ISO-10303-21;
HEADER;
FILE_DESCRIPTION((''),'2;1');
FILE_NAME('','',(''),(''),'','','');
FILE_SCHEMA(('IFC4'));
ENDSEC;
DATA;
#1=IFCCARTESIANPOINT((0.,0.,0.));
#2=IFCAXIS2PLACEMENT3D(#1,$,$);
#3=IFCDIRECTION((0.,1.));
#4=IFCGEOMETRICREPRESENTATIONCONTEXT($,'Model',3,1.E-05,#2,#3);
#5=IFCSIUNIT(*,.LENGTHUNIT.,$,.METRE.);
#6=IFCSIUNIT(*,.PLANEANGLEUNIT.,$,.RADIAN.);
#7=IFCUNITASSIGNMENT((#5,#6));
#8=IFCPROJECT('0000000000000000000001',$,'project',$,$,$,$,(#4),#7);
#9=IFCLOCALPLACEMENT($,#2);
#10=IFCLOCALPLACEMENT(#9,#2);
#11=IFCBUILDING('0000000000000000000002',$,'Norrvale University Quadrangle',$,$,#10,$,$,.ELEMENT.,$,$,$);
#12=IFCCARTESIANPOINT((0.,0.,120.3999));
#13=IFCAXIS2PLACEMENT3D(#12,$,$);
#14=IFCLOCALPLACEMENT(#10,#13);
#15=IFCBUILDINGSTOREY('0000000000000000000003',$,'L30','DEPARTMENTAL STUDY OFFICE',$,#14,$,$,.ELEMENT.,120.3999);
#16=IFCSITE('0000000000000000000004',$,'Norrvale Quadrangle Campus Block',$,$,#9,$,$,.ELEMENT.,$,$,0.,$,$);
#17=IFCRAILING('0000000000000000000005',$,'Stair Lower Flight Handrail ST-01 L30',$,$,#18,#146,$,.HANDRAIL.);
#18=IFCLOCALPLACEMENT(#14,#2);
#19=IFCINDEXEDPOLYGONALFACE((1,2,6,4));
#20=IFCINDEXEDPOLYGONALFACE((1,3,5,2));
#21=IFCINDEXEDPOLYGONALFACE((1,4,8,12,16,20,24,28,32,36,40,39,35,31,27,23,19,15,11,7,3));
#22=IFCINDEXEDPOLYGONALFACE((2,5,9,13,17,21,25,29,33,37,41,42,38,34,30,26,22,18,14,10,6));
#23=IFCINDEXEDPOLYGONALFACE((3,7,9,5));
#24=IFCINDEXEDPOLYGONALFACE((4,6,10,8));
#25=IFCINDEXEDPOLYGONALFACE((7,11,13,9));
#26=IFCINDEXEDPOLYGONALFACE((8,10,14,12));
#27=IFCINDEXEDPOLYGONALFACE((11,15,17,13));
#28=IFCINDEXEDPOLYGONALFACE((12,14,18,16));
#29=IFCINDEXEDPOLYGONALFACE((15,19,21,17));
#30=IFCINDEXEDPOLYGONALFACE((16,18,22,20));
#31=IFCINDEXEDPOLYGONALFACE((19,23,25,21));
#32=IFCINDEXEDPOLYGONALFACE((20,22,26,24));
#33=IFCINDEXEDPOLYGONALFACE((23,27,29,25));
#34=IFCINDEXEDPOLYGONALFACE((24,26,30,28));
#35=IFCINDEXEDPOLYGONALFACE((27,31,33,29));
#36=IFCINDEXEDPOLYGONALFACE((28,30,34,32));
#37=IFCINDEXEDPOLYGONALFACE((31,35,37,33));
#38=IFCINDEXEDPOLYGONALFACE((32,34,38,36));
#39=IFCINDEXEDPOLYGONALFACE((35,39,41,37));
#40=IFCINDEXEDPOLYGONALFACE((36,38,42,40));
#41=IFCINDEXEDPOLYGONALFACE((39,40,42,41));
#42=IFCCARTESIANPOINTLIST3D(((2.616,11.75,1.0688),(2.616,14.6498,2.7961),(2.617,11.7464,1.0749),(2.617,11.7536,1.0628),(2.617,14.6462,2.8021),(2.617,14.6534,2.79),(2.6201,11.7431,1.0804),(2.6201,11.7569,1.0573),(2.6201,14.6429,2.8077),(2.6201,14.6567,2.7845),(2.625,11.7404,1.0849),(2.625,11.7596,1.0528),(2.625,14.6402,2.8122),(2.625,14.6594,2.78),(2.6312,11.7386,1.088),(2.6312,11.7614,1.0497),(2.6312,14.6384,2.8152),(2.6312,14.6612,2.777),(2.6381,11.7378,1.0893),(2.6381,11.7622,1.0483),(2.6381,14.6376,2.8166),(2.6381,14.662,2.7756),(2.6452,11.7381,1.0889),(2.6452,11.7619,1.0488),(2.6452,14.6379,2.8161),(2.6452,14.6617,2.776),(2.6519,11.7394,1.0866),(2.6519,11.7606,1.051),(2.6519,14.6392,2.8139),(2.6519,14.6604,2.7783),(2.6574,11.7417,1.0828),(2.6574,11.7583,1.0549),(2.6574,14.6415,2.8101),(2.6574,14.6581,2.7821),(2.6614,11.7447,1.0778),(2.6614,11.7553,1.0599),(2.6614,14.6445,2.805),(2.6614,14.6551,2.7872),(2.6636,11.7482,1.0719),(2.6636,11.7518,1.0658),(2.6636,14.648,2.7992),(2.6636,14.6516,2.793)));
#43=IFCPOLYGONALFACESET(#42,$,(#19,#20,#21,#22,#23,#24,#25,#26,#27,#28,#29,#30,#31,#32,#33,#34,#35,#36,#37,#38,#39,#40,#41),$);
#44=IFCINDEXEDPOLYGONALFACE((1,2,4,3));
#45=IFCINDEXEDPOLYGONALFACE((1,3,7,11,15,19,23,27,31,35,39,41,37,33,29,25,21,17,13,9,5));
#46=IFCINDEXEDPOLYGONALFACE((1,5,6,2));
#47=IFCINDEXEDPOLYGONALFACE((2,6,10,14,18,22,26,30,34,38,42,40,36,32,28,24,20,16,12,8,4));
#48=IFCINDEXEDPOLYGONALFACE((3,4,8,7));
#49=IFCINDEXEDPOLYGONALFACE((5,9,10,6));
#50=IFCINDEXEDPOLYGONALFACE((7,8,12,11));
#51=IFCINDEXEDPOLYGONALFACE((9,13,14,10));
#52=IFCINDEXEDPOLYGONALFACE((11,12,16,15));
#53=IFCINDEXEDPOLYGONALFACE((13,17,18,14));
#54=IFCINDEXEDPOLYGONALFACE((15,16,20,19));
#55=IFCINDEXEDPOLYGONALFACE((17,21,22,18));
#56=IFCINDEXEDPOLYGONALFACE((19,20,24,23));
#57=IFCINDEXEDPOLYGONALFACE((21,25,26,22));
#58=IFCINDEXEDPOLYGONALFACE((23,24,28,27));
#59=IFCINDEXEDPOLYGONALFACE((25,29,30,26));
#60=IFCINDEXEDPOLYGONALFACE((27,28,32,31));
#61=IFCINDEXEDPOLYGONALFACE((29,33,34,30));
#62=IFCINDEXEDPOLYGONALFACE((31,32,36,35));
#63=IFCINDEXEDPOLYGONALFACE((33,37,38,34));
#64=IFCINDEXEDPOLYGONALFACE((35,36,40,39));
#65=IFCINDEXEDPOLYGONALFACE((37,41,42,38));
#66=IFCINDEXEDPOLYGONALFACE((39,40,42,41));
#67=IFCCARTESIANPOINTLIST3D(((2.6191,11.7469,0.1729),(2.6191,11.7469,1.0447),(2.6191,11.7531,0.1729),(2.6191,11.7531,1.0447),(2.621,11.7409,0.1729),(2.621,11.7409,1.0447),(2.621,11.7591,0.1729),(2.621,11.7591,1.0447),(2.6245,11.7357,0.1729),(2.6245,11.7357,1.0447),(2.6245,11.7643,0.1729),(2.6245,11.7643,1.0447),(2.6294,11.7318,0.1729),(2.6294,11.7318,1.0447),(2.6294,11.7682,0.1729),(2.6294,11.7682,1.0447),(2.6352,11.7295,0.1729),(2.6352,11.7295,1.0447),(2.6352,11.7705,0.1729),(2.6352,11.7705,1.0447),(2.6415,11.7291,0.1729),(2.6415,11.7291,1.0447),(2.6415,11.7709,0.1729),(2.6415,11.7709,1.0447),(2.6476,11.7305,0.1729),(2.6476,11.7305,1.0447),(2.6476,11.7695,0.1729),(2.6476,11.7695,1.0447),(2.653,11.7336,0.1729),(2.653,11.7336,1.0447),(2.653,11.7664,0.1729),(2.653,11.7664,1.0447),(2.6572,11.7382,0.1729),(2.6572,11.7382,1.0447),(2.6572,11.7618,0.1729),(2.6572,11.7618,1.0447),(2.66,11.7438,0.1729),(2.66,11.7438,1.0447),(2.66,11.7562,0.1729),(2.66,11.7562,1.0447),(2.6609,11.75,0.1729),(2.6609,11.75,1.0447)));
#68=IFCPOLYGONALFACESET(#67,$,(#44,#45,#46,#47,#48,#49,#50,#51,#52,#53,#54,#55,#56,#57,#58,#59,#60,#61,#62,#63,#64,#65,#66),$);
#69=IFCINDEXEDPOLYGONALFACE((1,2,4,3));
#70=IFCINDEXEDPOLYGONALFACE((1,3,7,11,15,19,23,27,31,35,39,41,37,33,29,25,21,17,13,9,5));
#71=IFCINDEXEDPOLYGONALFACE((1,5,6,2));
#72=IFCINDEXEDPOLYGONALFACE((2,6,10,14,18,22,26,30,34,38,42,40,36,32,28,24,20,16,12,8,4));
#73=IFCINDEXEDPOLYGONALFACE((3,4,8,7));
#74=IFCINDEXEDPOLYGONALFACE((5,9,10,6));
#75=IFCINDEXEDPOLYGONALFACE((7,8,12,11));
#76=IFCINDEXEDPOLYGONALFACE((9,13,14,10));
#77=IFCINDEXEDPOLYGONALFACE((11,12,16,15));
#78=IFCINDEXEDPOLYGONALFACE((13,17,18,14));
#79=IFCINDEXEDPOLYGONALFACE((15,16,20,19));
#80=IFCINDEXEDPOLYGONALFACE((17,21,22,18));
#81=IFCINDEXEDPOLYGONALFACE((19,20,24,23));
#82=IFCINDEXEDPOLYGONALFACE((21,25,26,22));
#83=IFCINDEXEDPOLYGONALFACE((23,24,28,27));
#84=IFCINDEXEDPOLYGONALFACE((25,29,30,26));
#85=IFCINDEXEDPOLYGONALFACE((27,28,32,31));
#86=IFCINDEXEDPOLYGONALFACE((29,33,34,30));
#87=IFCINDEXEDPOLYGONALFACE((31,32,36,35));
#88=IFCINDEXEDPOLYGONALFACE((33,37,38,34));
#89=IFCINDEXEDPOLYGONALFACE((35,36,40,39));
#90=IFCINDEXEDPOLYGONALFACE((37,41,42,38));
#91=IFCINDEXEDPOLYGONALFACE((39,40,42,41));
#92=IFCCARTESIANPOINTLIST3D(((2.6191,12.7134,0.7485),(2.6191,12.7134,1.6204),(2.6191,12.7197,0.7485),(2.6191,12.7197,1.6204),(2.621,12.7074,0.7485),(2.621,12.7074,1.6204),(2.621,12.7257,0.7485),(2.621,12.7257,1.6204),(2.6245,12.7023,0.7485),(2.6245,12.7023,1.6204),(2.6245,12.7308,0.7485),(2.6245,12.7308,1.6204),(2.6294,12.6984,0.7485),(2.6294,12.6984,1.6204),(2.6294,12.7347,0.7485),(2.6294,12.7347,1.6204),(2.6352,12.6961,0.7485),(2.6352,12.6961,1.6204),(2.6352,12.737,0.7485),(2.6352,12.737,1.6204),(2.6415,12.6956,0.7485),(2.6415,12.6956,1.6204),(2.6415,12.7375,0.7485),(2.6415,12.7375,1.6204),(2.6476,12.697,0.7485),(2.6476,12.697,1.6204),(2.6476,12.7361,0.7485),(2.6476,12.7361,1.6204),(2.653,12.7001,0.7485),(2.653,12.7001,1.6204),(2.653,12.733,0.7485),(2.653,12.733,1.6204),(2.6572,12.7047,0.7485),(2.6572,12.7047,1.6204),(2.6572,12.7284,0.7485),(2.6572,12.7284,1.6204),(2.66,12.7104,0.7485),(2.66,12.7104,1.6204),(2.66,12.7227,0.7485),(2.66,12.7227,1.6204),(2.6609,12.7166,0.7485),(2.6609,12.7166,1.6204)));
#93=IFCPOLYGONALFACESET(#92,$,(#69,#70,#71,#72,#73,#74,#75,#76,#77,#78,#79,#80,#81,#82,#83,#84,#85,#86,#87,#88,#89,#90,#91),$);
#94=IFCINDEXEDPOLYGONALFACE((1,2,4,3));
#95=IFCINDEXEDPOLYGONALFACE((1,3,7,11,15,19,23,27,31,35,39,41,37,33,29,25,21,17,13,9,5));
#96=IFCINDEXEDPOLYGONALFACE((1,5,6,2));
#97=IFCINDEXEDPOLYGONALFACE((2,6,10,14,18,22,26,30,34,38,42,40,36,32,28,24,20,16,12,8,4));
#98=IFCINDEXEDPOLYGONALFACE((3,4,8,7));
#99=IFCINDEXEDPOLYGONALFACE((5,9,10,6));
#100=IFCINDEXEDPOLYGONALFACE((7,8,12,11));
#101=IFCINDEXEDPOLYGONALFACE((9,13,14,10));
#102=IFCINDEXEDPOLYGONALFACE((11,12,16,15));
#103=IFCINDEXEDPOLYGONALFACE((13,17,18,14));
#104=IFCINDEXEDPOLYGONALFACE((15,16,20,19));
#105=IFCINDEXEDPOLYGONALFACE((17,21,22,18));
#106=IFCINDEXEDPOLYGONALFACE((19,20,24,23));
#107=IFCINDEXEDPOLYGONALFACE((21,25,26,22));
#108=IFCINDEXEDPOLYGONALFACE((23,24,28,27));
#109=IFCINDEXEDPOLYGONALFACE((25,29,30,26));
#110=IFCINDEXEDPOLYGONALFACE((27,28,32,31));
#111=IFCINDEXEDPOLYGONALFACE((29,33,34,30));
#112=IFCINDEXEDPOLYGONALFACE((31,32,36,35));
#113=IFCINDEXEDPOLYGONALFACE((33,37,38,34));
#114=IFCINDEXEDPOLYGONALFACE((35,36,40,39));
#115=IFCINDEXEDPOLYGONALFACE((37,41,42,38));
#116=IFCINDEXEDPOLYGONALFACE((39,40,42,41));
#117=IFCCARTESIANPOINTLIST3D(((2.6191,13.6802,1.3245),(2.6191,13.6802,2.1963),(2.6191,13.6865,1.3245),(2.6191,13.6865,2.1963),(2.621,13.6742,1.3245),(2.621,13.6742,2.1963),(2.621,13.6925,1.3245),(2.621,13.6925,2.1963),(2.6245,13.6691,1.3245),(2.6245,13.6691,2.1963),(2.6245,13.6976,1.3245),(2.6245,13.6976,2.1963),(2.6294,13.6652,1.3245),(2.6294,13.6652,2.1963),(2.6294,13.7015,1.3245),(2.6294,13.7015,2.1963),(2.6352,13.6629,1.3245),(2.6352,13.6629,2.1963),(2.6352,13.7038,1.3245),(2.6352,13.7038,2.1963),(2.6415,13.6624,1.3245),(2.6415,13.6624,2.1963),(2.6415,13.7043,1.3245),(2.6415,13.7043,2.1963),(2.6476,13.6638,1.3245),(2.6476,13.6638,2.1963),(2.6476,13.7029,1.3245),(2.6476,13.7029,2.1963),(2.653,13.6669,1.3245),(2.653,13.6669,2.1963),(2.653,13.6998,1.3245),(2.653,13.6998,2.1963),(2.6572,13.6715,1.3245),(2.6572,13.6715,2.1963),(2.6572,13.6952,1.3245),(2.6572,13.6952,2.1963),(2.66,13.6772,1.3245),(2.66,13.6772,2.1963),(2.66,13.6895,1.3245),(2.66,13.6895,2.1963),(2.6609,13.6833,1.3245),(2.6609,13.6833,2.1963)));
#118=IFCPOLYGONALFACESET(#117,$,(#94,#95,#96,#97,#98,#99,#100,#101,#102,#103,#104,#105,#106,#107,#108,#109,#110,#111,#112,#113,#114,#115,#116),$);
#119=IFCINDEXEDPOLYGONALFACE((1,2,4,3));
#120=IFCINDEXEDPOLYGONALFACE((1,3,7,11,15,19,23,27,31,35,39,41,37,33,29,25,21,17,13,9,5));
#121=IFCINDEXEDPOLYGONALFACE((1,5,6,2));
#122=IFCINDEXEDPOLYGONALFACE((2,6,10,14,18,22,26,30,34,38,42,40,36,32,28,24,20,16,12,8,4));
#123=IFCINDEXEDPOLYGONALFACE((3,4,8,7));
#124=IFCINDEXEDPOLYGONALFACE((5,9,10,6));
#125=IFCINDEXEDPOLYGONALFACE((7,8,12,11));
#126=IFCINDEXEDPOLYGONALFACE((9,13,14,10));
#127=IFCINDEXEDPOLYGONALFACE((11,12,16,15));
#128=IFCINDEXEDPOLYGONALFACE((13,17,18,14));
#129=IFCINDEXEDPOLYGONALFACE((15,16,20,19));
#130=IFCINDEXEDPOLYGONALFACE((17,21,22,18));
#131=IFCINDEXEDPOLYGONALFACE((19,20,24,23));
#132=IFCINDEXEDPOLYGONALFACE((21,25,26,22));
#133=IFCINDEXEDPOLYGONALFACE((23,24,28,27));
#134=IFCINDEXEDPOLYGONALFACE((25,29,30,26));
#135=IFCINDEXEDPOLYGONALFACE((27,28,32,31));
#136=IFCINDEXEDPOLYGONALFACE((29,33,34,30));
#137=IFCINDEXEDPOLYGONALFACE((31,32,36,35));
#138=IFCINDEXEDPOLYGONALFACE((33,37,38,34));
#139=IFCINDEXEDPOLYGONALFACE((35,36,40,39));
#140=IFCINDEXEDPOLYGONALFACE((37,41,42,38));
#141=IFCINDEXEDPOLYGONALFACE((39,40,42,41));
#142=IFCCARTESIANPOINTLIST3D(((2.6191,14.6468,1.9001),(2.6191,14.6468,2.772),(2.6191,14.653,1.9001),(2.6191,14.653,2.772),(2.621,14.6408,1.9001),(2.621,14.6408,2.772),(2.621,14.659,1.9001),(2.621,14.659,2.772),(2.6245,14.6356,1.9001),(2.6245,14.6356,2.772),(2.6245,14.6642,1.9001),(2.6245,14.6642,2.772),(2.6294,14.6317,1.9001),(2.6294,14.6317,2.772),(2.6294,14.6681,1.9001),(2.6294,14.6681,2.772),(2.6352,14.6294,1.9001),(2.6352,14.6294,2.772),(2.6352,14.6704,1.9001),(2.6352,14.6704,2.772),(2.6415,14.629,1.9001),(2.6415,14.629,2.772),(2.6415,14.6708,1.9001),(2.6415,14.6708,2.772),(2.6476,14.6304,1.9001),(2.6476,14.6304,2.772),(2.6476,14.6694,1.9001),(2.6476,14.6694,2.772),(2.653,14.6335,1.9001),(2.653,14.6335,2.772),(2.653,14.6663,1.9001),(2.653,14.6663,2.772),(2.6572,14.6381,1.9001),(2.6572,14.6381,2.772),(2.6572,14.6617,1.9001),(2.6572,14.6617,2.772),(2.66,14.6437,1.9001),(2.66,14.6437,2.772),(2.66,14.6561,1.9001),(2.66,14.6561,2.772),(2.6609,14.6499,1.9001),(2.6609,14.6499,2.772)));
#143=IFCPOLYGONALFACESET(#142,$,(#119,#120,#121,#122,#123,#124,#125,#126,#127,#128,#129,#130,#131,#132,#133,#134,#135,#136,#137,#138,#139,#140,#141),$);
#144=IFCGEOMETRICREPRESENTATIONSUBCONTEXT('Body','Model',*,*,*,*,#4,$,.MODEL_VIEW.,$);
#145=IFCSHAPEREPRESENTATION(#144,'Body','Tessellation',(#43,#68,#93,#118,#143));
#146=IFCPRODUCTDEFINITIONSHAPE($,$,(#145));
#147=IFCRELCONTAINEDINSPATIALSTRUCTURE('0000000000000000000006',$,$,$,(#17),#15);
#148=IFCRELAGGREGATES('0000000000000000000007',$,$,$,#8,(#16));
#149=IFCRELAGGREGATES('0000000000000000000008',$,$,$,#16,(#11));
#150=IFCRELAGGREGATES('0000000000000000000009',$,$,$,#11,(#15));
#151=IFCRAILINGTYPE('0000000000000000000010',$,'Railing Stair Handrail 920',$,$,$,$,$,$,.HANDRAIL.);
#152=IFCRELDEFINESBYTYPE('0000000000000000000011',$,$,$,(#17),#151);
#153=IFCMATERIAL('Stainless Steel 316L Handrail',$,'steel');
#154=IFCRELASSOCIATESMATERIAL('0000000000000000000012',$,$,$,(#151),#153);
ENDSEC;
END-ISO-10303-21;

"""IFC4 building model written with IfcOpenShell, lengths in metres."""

from ifc_helpers import new_model, si_unit, direction, frame, origin, origin_2d, place, context, subcontext, project, spatial, circle, extrude, material, type_object, element, save


model = new_model("IFC4")

# Units and contexts
model_context = context("Model", 3, precision=1e-05, world=origin(), true_north=direction((0.0, 1.0)))
body_context = subcontext(model_context, "Body", "Model", "MODEL_VIEW")
ifc_project = project(units=[si_unit("LENGTHUNIT", "METRE"), si_unit("PLANEANGLEUNIT", "RADIAN")], contexts=[model_context])

# Site, building, storey
site_placement = place(None, origin())
site = spatial("IfcSite", under=ifc_project, at=site_placement, Name="Norrvale Quadrangle Campus Block", CompositionType="ELEMENT", RefElevation=0.0)
building_placement = place(site_placement, origin())
building = spatial("IfcBuilding", under=site, at=building_placement, Name="Norrvale University Quadrangle", CompositionType="ELEMENT")
storey_placement = place(building_placement, frame((0.0, 0.0, 120.3999)))
storey = spatial("IfcBuildingStorey", under=building, at=storey_placement, Name="L30", Description="DEPARTMENTAL STUDY OFFICE", CompositionType="ELEMENT", Elevation=120.3999)

# Railing
ifc_material_1 = material(Name="Stainless Steel 316L Handrail", Category="steel")
railing_type_1 = type_object("IfcRailingType", Name="Railing Stair Handrail 920", PredefinedType="HANDRAIL", material=ifc_material_1)
railing_placement = place(storey_placement, frame((2.6399, 11.75, 0.1729)))
element("IfcRailing", 1, at=railing_placement, inside=storey, type_object=railing_type_1, Name="Stair Lower Flight Handrail ST-01 L30", PredefinedType="HANDRAIL", context=body_context, shape_type="SweptSolid", body=[
    extrude(circle(Radius=0.0239, at=origin_2d()), frame((0.0, 0.0, 0.896), z_axis=(0.0, 0.859141, 0.511738), x_axis=(-1.0, 0.0, 0.0)), (0.0, 0.0, 1.0), 3.3752),
    extrude(circle(Radius=0.021, at=origin_2d()), origin(), (0.0, 0.0, 1.0), 0.8718),
    extrude(circle(Radius=0.021, at=origin_2d()), frame((0.0, 0.9666, 0.5757)), (0.0, 0.0, 1.0), 0.8718),
    extrude(circle(Radius=0.021, at=origin_2d()), frame((0.0, 1.9333, 1.1516)), (0.0, 0.0, 1.0), 0.8718),
    extrude(circle(Radius=0.021, at=origin_2d()), frame((0.0, 2.8999, 1.7273)), (0.0, 0.0, 1.0), 0.8718),
])

save(model, "model.ifc")
